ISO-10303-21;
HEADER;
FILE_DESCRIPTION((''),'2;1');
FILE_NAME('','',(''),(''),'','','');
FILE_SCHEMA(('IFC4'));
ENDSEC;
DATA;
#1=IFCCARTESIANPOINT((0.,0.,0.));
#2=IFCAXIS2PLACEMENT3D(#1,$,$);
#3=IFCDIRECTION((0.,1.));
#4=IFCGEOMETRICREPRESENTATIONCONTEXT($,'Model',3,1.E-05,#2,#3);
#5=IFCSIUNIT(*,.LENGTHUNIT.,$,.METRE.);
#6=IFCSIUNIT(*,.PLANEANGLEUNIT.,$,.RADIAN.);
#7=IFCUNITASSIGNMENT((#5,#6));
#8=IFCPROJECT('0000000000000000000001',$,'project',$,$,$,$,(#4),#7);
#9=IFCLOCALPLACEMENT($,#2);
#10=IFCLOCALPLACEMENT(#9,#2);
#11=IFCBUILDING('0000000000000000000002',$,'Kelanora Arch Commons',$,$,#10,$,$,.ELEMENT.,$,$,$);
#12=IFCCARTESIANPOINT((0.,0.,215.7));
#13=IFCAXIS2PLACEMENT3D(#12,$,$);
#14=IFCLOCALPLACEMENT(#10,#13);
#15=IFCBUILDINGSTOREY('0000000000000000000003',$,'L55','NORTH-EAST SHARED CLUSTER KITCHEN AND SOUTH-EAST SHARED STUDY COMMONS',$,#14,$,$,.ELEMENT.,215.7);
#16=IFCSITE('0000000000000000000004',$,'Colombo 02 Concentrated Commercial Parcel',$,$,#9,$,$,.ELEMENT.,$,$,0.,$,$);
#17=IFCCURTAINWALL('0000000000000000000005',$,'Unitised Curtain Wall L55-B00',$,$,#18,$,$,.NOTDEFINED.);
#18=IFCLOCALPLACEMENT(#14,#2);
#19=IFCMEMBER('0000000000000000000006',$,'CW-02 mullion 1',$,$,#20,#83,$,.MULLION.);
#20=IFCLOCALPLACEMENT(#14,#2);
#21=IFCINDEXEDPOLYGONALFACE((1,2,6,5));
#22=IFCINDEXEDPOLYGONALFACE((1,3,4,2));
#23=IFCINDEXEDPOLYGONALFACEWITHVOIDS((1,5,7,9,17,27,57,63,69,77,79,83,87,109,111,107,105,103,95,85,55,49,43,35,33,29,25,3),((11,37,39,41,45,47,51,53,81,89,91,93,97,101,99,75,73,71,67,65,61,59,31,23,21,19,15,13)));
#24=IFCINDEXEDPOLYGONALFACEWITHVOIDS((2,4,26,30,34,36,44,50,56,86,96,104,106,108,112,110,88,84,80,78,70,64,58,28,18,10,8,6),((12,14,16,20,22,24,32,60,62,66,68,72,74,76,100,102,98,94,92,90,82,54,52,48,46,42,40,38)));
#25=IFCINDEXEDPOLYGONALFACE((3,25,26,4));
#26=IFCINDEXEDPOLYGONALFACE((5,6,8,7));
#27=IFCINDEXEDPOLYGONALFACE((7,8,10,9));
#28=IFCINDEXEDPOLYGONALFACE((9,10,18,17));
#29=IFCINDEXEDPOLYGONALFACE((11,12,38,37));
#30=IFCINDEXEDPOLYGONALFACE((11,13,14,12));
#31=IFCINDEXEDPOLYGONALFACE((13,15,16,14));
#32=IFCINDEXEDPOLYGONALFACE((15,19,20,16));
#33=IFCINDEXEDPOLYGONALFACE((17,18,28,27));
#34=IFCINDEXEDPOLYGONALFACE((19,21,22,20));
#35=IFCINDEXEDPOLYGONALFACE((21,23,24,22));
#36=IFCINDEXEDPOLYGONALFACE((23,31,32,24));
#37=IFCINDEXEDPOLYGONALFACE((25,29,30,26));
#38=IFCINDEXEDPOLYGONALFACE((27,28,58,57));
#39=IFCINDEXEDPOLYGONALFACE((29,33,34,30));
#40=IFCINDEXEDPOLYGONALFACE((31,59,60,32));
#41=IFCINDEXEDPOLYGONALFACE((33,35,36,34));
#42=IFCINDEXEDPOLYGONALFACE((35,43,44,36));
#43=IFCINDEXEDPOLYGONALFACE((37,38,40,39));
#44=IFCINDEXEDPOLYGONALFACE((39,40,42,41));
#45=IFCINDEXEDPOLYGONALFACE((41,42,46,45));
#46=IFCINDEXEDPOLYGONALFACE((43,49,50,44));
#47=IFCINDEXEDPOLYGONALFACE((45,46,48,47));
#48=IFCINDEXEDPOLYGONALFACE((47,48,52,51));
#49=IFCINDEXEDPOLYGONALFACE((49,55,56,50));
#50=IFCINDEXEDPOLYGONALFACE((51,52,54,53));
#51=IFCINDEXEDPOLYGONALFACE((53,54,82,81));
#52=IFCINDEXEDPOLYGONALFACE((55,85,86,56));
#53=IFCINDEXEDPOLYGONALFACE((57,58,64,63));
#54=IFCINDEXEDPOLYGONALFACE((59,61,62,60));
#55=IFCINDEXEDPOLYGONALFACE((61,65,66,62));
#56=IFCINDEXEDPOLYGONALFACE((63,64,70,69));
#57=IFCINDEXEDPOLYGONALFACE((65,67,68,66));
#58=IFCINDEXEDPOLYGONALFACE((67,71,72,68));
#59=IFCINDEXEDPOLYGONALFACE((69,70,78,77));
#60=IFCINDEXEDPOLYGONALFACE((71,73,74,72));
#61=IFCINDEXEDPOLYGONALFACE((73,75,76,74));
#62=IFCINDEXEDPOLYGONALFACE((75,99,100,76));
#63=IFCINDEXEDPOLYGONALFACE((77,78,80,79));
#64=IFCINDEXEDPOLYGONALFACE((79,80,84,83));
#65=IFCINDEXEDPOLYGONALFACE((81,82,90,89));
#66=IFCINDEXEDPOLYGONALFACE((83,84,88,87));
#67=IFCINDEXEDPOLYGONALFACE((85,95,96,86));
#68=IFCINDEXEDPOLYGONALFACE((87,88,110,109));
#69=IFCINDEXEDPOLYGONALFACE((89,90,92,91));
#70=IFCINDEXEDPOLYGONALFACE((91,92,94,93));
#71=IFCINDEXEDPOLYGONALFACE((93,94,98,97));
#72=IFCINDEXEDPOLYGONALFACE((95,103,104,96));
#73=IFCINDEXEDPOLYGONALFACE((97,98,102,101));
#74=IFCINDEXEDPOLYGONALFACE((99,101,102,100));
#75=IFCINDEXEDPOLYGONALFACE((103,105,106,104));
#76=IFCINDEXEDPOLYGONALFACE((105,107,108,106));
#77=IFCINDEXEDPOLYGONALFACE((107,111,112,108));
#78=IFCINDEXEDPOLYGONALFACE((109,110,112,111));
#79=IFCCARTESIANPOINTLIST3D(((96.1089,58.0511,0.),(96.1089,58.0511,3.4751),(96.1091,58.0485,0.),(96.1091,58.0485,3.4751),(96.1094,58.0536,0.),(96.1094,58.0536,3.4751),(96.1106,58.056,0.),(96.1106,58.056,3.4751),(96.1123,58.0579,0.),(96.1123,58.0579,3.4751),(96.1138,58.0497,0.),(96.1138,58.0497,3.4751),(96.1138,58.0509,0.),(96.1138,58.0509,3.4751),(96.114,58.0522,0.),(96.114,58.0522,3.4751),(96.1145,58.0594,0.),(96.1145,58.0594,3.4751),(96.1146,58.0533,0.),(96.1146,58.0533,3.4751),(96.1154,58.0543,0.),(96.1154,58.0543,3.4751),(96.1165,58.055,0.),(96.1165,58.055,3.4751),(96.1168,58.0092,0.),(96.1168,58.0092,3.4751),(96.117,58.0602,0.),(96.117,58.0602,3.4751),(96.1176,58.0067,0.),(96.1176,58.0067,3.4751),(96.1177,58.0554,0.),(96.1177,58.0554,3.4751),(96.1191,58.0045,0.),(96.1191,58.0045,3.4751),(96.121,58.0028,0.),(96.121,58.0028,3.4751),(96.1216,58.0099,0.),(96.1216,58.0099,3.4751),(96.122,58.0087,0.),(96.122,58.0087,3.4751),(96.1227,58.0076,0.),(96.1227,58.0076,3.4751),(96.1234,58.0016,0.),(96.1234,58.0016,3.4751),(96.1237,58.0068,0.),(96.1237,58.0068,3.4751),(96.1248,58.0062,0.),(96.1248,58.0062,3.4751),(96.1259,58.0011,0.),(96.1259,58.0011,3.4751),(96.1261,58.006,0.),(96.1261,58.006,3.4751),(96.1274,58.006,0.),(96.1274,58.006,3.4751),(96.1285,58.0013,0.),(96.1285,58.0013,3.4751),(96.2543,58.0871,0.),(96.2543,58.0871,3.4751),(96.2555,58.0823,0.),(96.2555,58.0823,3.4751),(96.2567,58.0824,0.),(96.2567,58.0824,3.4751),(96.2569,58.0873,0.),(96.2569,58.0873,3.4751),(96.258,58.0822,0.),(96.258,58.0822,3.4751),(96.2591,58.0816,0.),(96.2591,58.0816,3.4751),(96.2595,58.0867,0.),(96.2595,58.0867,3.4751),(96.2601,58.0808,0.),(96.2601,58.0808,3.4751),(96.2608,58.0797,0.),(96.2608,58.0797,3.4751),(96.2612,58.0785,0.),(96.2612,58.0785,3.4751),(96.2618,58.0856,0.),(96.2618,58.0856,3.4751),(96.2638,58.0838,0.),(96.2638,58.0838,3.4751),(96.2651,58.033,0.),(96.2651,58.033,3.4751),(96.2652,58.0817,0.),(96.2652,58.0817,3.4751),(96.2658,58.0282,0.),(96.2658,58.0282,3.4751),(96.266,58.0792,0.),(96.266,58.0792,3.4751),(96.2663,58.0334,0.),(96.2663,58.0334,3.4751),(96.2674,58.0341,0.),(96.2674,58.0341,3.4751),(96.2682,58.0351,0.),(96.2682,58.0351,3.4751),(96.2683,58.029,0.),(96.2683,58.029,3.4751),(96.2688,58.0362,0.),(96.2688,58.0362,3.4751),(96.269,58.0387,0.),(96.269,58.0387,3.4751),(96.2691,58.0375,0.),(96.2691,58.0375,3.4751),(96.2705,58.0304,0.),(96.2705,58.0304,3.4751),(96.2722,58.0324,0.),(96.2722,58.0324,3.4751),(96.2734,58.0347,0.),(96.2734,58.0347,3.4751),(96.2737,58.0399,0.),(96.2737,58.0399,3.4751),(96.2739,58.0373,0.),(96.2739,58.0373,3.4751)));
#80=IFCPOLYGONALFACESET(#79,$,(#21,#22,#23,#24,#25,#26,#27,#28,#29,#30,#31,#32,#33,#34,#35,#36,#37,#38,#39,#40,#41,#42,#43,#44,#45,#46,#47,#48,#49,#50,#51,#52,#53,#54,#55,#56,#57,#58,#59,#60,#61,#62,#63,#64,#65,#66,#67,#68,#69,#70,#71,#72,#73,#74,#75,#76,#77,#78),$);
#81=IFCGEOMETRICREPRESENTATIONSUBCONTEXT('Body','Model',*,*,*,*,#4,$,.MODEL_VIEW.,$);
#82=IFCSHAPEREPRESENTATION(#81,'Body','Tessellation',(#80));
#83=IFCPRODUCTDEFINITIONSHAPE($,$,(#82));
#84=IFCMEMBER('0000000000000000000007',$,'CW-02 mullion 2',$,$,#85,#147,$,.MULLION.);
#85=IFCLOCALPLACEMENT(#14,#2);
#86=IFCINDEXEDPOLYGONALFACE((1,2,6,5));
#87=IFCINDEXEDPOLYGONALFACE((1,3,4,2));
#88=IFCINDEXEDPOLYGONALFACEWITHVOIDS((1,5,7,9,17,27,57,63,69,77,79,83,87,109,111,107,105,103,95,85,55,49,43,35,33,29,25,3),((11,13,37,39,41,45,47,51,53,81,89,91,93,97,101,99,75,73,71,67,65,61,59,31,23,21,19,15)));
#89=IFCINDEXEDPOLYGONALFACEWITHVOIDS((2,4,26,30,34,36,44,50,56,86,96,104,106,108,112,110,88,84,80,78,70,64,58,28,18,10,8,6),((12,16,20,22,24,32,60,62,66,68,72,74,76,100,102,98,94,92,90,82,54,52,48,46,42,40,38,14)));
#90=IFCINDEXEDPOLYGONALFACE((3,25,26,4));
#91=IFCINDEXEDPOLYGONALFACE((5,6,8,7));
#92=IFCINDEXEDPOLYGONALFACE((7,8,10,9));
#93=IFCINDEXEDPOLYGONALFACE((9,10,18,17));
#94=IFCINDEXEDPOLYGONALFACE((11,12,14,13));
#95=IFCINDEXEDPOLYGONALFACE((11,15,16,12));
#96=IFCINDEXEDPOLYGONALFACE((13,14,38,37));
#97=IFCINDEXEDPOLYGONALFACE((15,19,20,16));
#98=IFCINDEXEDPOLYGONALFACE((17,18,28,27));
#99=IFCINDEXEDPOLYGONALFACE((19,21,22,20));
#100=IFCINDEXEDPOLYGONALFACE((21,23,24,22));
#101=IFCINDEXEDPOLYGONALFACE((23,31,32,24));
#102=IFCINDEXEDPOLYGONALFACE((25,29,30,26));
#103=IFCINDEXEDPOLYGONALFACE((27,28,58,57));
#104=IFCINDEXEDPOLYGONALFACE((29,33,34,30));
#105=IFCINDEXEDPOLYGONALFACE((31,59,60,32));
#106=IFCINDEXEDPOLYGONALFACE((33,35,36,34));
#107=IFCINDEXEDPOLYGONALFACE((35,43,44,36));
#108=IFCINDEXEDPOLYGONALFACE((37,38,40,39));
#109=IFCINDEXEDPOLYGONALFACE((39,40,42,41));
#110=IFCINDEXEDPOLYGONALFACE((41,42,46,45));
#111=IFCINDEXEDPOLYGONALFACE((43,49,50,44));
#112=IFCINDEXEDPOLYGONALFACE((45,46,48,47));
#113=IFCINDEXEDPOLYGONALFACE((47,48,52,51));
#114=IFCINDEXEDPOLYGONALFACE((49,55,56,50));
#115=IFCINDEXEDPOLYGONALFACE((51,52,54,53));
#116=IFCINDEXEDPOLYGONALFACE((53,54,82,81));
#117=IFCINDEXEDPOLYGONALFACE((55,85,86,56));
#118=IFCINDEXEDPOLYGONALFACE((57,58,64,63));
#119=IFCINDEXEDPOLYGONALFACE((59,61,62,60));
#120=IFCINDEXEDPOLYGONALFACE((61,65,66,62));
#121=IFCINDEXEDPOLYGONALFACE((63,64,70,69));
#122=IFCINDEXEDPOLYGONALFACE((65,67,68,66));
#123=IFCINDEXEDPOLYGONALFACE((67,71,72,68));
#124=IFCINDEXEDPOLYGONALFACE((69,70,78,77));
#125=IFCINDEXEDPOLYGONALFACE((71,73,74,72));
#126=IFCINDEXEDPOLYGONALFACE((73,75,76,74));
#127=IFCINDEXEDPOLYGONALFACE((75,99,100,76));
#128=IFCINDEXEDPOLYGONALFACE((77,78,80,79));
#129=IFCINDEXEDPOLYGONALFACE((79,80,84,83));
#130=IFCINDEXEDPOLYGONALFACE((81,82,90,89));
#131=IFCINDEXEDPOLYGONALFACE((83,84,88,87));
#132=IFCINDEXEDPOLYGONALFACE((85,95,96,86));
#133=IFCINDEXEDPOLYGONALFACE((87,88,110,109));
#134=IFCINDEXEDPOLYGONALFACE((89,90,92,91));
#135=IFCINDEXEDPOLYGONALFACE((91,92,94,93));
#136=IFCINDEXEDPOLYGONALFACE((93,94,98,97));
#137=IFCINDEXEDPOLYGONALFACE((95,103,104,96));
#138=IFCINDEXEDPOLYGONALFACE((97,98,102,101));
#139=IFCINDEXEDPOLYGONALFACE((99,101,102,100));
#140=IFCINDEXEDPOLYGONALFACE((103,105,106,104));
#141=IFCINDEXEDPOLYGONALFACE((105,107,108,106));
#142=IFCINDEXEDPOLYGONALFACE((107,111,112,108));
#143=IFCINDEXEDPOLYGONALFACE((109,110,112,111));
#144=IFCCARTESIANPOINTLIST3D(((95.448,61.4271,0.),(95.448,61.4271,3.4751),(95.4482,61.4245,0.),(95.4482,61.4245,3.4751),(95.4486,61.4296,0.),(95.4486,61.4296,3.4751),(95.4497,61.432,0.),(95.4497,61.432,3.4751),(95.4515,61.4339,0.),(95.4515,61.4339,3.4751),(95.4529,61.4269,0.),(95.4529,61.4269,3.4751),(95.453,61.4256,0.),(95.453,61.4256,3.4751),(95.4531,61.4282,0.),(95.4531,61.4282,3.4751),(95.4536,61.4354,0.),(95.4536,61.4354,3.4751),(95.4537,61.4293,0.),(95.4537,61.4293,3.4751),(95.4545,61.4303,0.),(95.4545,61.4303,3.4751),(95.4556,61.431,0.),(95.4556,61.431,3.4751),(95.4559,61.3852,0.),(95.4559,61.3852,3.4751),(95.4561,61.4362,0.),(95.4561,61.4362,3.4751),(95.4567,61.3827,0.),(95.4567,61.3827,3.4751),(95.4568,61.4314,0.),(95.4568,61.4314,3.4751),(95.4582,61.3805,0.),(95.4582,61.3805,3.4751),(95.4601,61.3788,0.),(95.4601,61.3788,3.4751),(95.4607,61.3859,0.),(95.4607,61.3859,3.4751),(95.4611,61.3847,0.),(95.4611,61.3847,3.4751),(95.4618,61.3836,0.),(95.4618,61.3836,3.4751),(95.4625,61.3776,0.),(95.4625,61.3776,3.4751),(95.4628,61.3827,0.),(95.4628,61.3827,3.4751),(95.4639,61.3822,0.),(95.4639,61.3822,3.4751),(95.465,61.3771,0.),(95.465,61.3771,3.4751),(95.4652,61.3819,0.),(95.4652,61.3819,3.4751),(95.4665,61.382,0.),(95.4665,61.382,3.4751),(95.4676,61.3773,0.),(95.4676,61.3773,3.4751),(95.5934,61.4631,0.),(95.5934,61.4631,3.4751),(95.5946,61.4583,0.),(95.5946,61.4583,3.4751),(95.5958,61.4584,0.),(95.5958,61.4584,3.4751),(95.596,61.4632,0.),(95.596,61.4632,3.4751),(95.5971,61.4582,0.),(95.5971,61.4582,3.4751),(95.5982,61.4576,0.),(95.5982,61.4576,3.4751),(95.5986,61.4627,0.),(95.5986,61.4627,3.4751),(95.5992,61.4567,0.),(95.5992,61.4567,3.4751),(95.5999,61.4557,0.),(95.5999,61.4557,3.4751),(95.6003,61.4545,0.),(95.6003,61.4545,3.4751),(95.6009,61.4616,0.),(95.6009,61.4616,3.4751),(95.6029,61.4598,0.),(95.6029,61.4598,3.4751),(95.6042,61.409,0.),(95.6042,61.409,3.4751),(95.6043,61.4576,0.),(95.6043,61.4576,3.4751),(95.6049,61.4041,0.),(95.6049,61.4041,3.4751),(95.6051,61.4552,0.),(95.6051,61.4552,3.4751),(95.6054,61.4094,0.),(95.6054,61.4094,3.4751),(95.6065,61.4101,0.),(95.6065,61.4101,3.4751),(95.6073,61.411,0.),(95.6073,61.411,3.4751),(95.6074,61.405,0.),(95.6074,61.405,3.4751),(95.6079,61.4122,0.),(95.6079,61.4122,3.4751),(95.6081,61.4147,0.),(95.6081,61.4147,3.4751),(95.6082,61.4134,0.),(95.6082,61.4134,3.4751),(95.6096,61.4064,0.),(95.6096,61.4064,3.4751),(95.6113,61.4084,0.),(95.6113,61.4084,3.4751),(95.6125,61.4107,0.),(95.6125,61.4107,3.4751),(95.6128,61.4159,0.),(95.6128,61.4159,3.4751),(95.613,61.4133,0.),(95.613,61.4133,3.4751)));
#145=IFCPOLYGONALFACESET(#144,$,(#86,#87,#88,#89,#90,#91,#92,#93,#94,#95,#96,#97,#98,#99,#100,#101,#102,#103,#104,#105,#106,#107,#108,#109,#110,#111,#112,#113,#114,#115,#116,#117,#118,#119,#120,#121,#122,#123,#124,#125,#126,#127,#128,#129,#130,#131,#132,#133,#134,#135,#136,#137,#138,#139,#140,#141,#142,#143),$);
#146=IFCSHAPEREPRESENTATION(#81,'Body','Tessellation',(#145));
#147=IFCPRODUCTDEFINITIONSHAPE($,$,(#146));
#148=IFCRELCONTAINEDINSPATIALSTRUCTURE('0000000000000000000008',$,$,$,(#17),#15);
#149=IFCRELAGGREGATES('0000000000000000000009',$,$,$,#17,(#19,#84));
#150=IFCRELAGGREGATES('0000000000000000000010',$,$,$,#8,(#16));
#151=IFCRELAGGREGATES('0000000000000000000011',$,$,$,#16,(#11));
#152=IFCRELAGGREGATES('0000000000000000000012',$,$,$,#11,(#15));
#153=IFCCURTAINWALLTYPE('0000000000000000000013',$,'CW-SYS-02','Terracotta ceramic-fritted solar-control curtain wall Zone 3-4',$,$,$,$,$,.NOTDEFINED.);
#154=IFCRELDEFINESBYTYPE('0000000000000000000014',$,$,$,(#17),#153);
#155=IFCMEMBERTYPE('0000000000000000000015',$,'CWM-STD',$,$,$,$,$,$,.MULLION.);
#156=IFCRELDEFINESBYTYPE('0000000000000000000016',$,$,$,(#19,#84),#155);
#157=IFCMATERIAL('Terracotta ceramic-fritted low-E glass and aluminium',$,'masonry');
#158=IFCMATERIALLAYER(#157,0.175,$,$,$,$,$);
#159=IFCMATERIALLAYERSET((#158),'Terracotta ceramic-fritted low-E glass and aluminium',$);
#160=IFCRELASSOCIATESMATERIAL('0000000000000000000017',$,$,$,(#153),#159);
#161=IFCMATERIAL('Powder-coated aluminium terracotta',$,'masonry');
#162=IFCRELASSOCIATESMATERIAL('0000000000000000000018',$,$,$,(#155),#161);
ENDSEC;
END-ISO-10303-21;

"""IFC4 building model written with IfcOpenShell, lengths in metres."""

from ifc_helpers import new_model, si_unit, direction, frame, origin, origin_2d, place, context, subcontext, project, spatial, hollow_rectangle, extrude, material, layer, layer_set, material_profile, profile_set, type_object, element, aggregate, save


model = new_model("IFC4")

# Units and contexts
model_context = context("Model", 3, precision=1e-05, world=origin(), true_north=direction((0.0, 1.0)))
body_context = subcontext(model_context, "Body", "Model", "MODEL_VIEW")
ifc_project = project(units=[si_unit("LENGTHUNIT", "METRE"), si_unit("PLANEANGLEUNIT", "RADIAN")], contexts=[model_context])

# Site, building, storey
site_placement = place(None, origin())
site = spatial("IfcSite", under=ifc_project, at=site_placement, Name="Colombo 02 Concentrated Commercial Parcel", CompositionType="ELEMENT", RefElevation=0.0)
building_placement = place(site_placement, origin())
building = spatial("IfcBuilding", under=site, at=building_placement, Name="Kelanora Arch Commons", CompositionType="ELEMENT")
storey_placement = place(building_placement, frame((0.0, 0.0, 215.7)))
storey = spatial("IfcBuildingStorey", under=building, at=storey_placement, Name="L55", Description="NORTH-EAST SHARED CLUSTER KITCHEN AND SOUTH-EAST SHARED STUDY COMMONS", CompositionType="ELEMENT", Elevation=215.7)

# Curtain wall, members
ifc_material_1 = material(Name="Terracotta ceramic-fritted low-E glass and aluminium", Category="masonry")
ifc_layer_1 = layer(ifc_material_1, 0.175)
ifc_layer_set_1 = layer_set([ifc_layer_1], Name="Terracotta ceramic-fritted low-E glass and aluminium")
curtain_wall_type = type_object("IfcCurtainWallType", Name="CW-SYS-02", Description="Terracotta ceramic-fritted solar-control curtain wall Zone 3-4", PredefinedType="NOTDEFINED", material=ifc_layer_set_1)
curtain_wall_placement = place(storey_placement, origin())
curtain_wall = element("IfcCurtainWall", 1, at=curtain_wall_placement, inside=storey, type_object=curtain_wall_type, Name="Unitised Curtain Wall L55-B00", PredefinedType="NOTDEFINED")
ifc_material_2 = material(Name="Powder-coated aluminium terracotta", Category="masonry")
ifc_material_profile_1 = material_profile(ifc_material_2, hollow_rectangle(XDim=0.1599, YDim=0.0601, WallThickness=0.0049, InnerFilletRadius=0.0049, OuterFilletRadius=0.01, at=origin_2d()), Name="CWM160x60")
ifc_profile_set_1 = profile_set([ifc_material_profile_1], Name="Powder-coated aluminium terracotta")
member_type_1 = type_object("IfcMemberType", Name="CWM-STD", PredefinedType="MULLION", material=ifc_profile_set_1)
member_1_placement = place(storey_placement, frame((96.1914, 58.0442, 0.0), z_axis=(0.0, 0.0, 1.0), x_axis=(-0.981381, -0.192069, 0.0)))
member_1 = element("IfcMember", 2, at=member_1_placement, type_object=member_type_1, Name="CW-02 mullion 1", PredefinedType="MULLION", context=body_context, shape_type="SweptSolid", body=[
    extrude(hollow_rectangle(XDim=0.1599, YDim=0.0601, WallThickness=0.0049, InnerFilletRadius=0.0049, OuterFilletRadius=0.01, at=origin_2d()), origin(), (0.0, 0.0, 1.0), 3.4751),
])
member_2_placement = place(storey_placement, frame((95.5305, 61.4202, 0.0), z_axis=(0.0, 0.0, 1.0), x_axis=(-0.981381, -0.192069, 0.0)))
member_2 = element("IfcMember", 3, at=member_2_placement, type_object=member_type_1, Name="CW-02 mullion 2", PredefinedType="MULLION", context=body_context, shape_type="SweptSolid", body=[
    extrude(hollow_rectangle(XDim=0.1599, YDim=0.0601, WallThickness=0.0049, InnerFilletRadius=0.0049, OuterFilletRadius=0.01, at=origin_2d()), origin(), (0.0, 0.0, 1.0), 3.4751),
])
aggregate(curtain_wall, [member_1, member_2])

save(model, "model.ifc")
